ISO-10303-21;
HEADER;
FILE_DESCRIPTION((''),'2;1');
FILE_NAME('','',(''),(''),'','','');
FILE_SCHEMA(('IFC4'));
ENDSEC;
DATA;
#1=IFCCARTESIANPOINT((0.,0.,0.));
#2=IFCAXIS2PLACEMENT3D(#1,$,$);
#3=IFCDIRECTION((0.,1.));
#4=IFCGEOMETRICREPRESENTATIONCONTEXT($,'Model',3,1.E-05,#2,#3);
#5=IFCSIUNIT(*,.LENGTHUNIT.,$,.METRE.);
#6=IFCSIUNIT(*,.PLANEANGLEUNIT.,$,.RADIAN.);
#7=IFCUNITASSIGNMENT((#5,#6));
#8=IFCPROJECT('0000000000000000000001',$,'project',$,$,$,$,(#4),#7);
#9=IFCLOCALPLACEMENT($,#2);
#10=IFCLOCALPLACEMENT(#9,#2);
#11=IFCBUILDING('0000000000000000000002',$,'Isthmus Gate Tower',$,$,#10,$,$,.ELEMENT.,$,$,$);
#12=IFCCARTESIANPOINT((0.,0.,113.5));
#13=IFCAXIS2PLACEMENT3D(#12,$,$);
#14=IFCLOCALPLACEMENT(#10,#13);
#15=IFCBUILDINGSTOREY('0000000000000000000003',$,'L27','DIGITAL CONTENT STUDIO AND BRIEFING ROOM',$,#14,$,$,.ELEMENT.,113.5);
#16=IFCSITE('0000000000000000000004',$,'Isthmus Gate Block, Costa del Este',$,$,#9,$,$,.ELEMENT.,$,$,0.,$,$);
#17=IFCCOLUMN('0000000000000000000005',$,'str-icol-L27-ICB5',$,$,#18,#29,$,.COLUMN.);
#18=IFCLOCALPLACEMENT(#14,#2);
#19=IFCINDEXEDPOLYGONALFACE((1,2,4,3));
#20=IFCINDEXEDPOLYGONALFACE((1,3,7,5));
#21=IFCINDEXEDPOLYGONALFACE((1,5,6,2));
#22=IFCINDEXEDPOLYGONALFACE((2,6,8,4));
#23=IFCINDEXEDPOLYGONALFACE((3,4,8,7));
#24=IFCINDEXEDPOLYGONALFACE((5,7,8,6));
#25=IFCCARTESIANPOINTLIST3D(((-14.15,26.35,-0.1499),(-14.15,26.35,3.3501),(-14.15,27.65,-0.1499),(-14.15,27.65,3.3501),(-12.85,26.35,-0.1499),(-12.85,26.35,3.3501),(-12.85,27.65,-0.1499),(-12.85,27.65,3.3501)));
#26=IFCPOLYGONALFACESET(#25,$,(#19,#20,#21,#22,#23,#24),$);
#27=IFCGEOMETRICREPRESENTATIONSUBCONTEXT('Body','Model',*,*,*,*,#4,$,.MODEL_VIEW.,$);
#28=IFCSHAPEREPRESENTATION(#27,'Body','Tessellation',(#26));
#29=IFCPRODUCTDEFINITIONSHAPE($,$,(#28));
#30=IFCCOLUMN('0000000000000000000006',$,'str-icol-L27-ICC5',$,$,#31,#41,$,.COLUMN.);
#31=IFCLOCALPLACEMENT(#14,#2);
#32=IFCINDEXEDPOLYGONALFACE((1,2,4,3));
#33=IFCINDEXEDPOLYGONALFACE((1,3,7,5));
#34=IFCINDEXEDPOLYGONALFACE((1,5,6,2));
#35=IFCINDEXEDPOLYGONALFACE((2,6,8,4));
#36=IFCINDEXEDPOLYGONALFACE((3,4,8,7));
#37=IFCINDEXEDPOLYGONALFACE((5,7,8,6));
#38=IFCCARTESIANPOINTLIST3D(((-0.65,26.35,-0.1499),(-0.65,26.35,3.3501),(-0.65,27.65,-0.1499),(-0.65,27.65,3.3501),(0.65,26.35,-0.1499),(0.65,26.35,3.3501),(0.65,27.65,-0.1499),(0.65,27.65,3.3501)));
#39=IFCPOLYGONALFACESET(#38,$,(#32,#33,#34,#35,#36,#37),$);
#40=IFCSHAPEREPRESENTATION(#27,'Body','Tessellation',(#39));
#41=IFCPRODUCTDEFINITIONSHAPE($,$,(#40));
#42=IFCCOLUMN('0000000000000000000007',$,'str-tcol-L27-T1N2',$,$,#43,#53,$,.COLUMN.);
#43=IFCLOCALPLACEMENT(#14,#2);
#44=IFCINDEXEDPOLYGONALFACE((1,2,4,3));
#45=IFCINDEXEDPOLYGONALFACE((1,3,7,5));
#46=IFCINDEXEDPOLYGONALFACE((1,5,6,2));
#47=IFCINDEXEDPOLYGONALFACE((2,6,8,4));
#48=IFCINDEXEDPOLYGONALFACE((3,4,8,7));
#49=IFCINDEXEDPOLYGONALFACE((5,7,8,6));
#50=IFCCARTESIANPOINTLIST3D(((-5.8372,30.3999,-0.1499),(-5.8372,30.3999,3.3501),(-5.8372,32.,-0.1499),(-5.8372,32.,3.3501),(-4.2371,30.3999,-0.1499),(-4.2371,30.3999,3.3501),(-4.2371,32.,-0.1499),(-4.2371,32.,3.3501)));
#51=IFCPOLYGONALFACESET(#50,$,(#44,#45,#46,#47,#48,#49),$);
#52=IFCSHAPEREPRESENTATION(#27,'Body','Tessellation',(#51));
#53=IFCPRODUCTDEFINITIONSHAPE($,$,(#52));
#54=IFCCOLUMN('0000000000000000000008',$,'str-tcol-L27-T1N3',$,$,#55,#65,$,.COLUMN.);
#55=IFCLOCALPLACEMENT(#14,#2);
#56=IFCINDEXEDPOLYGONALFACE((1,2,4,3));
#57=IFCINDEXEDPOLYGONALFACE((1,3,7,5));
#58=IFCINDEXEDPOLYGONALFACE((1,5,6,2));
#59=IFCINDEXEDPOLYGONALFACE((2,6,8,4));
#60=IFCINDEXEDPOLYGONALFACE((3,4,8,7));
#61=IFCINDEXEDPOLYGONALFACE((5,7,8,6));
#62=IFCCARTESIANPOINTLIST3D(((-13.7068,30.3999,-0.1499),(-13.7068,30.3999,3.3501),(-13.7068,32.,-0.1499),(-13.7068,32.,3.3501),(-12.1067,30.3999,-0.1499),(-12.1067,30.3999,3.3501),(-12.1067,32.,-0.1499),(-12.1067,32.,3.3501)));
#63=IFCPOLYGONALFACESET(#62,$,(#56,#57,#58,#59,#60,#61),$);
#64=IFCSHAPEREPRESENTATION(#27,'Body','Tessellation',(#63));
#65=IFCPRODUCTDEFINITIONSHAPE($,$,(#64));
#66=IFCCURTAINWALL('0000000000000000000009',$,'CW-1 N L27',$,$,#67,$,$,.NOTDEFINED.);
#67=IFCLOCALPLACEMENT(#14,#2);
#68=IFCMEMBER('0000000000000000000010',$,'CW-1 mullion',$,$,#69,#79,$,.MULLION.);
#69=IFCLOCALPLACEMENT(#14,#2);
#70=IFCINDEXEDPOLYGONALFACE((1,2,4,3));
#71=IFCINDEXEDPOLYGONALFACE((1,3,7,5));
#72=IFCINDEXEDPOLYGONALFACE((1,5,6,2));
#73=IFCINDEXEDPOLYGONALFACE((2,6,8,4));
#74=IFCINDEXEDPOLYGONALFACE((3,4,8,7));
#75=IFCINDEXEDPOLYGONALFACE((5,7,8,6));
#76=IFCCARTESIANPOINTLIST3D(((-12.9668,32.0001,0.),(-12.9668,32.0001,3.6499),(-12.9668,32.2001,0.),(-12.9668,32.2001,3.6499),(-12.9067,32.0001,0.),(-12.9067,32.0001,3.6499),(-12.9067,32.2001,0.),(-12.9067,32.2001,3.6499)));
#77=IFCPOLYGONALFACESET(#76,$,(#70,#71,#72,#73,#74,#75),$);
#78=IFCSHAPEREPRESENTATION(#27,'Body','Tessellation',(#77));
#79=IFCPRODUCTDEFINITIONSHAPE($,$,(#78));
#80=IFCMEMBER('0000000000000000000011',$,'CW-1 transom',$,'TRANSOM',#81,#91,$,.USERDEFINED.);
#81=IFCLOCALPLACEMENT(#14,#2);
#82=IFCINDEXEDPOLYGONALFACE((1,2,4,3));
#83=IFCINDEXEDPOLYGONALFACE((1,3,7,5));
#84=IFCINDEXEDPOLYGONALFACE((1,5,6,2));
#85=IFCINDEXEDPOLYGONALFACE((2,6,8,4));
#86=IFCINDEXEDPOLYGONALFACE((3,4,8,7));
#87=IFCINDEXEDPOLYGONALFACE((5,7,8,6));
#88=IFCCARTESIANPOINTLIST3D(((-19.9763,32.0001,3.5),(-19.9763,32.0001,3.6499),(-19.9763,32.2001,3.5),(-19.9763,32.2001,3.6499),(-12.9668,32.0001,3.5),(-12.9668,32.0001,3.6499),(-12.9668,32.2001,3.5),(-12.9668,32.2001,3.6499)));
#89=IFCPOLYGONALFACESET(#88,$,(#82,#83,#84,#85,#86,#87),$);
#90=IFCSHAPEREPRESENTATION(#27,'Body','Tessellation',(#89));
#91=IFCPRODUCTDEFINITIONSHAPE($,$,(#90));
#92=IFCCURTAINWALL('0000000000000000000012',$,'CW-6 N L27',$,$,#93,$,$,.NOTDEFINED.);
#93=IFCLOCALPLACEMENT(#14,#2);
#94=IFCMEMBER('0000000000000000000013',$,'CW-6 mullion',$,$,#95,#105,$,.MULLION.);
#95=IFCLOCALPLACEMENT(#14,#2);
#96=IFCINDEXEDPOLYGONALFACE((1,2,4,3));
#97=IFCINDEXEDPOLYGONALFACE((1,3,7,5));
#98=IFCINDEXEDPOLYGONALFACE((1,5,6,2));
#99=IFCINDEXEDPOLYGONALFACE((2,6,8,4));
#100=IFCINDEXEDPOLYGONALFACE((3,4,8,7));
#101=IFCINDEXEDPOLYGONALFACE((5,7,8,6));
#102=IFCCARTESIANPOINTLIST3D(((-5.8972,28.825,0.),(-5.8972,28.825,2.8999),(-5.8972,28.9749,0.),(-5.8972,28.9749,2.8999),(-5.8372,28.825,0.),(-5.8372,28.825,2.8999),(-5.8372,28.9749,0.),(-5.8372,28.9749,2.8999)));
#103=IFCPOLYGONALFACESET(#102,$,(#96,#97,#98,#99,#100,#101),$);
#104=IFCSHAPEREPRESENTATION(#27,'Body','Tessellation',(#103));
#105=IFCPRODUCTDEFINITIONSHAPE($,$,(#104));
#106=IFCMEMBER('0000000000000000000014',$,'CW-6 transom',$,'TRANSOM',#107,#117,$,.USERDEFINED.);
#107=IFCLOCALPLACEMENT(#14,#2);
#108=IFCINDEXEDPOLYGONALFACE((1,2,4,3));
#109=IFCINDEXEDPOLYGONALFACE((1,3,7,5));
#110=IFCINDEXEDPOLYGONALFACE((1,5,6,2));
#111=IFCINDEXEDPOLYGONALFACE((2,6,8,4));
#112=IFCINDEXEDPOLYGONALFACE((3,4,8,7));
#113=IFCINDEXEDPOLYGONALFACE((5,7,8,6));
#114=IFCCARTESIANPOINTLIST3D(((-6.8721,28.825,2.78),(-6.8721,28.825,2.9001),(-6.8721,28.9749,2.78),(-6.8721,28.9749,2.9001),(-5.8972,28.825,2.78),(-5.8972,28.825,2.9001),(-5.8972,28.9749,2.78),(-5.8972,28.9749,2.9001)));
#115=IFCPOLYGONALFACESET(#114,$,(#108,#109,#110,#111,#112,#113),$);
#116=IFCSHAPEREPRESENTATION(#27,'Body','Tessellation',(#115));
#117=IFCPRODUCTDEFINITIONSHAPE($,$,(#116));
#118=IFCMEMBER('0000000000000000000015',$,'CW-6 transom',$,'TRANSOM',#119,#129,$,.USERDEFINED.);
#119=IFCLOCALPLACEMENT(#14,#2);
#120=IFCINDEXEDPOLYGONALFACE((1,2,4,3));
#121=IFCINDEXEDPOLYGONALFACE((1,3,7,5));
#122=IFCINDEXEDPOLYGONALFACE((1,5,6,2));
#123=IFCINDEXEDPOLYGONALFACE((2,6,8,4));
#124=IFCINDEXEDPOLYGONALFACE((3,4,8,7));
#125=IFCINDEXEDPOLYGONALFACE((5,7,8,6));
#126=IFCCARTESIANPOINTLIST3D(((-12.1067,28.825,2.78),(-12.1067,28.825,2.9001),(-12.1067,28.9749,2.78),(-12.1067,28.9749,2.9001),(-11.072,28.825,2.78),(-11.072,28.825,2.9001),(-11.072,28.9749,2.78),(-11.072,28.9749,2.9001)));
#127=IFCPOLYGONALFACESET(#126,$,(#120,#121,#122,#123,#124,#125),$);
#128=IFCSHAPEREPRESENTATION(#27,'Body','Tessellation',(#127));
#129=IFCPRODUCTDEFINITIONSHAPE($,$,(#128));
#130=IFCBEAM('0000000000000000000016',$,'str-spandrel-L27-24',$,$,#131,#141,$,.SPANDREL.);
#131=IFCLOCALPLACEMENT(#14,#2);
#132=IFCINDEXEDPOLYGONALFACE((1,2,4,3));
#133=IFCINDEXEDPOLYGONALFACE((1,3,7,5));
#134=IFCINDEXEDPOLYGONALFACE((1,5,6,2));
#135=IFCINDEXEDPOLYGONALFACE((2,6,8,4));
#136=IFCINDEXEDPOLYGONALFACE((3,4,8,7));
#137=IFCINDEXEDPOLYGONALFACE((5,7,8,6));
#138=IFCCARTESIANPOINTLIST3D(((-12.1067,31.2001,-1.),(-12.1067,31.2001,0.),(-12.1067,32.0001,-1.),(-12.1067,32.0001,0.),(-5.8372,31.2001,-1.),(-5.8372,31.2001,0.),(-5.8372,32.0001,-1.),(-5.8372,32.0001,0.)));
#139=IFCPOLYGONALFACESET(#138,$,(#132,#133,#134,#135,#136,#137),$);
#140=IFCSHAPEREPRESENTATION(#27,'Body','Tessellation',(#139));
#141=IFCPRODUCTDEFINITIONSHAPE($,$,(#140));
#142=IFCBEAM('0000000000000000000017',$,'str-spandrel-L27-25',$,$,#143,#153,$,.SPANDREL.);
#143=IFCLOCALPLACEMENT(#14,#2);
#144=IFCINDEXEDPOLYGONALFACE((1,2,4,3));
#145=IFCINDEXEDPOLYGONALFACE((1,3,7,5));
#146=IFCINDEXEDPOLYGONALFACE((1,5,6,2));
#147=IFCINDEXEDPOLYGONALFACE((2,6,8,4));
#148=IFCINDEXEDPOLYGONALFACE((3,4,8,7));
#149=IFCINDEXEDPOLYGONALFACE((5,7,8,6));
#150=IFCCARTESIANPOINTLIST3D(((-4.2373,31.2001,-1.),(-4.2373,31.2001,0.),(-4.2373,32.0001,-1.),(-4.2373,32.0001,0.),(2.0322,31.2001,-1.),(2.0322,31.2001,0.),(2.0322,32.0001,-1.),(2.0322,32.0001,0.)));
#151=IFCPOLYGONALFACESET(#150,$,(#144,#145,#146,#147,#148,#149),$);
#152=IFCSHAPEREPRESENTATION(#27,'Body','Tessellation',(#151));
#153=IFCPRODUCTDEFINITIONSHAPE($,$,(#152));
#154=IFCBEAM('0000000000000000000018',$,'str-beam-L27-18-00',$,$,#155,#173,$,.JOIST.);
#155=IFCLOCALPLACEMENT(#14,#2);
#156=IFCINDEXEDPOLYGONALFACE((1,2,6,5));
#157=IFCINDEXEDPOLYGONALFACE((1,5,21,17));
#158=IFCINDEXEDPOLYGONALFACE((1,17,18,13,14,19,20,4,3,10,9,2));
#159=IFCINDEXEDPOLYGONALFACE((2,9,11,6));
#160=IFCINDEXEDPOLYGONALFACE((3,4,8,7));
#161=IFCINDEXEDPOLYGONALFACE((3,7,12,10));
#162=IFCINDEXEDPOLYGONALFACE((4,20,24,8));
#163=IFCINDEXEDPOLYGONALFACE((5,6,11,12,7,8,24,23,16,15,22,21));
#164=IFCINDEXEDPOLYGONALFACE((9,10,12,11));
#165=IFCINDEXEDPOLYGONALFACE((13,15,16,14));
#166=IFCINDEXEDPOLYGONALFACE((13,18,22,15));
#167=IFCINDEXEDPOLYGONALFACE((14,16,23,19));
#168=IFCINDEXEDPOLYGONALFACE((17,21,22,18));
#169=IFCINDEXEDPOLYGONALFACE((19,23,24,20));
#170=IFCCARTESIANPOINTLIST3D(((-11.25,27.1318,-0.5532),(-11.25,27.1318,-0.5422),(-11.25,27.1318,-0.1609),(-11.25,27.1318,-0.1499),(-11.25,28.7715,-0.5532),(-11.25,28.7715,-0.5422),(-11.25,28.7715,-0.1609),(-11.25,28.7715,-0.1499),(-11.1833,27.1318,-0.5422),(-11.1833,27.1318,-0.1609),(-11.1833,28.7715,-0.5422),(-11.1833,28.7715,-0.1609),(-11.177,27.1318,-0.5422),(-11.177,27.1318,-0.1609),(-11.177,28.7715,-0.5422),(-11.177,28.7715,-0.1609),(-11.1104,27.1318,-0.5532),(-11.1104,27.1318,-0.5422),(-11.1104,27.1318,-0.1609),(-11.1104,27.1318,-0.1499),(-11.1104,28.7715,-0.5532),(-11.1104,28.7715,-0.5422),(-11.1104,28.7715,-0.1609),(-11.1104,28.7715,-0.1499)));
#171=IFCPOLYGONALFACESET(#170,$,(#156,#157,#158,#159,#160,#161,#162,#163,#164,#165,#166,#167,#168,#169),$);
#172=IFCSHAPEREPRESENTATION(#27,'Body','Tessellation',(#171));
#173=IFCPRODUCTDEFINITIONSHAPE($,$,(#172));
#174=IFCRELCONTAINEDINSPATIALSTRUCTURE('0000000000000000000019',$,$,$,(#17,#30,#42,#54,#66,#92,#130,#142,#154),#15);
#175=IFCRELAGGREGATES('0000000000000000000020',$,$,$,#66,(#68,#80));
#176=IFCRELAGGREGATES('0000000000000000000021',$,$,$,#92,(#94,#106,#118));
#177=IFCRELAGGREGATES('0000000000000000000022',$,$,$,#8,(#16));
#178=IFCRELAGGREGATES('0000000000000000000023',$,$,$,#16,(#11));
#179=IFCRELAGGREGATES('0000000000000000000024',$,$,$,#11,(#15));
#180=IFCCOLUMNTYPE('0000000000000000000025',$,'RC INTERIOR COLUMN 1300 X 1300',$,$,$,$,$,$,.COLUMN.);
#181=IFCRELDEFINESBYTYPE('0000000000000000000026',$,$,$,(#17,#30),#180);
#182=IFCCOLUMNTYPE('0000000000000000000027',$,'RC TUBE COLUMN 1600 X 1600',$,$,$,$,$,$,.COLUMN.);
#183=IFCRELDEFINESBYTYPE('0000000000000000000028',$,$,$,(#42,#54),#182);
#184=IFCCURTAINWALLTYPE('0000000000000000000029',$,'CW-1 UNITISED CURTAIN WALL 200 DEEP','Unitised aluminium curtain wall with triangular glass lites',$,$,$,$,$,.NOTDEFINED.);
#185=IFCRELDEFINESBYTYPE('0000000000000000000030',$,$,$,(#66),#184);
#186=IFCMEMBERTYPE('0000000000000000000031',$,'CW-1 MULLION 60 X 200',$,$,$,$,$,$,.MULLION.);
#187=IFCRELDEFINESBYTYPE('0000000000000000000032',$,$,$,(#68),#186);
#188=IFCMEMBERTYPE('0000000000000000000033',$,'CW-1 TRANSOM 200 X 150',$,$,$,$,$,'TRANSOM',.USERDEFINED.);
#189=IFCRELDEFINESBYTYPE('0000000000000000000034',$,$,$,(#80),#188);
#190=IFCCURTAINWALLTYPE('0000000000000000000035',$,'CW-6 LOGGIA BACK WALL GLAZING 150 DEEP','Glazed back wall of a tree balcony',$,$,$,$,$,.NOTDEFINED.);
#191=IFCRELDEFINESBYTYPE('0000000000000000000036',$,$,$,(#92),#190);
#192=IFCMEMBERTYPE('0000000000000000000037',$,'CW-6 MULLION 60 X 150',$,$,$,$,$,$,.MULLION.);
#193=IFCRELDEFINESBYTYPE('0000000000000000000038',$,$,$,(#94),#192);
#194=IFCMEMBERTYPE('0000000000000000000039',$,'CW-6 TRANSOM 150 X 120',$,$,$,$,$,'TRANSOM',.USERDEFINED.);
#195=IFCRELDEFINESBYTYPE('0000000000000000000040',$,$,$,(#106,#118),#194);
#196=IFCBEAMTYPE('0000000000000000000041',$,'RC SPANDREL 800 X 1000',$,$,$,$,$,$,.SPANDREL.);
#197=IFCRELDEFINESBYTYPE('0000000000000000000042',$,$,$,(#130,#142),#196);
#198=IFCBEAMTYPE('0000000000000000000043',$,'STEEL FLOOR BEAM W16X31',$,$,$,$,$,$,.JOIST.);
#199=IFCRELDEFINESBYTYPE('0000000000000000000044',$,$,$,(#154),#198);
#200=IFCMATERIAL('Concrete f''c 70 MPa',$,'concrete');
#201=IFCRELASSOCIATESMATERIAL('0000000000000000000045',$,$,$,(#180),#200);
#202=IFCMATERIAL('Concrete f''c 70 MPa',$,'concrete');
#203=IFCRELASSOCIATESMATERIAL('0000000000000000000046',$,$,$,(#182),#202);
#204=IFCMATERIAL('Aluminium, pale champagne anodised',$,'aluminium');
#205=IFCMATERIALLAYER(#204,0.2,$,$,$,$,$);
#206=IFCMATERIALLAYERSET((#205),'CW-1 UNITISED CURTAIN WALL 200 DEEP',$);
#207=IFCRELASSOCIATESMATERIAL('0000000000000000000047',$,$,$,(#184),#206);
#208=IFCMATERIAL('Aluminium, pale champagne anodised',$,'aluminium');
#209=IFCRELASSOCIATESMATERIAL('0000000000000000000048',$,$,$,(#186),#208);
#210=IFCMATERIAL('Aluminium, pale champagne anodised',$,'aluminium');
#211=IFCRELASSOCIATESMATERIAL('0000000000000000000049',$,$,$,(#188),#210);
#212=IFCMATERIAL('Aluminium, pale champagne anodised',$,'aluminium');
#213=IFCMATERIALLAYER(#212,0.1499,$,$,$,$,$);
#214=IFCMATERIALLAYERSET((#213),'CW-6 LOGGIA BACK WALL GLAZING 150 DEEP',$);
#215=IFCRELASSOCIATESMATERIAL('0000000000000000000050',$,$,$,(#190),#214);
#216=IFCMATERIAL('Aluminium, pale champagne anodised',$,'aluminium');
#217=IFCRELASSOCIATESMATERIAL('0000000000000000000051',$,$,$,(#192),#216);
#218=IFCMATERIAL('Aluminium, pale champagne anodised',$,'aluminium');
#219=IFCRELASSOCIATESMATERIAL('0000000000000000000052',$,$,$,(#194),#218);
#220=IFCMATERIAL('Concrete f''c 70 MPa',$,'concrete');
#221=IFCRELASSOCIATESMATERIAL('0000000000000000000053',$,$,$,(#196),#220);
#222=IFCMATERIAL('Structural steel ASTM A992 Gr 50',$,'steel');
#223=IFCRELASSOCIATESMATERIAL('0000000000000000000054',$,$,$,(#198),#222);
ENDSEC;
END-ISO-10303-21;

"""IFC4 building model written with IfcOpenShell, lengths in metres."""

from ifc_helpers import new_model, si_unit, direction, frame, origin, origin_2d, place, context, subcontext, project, spatial, rectangle, i_section, extrude, material, layer, layer_set, material_profile, profile_set, type_object, element, aggregate, save


model = new_model("IFC4")

# Units and contexts
model_context = context("Model", 3, precision=1e-05, world=origin(), true_north=direction((0.0, 1.0)))
body_context = subcontext(model_context, "Body", "Model", "MODEL_VIEW")
ifc_project = project(units=[si_unit("LENGTHUNIT", "METRE"), si_unit("PLANEANGLEUNIT", "RADIAN")], contexts=[model_context])

# Site, building, storey
site_placement = place(None, origin())
site = spatial("IfcSite", under=ifc_project, at=site_placement, Name="Isthmus Gate Block, Costa del Este", CompositionType="ELEMENT", RefElevation=0.0)
building_placement = place(site_placement, origin())
building = spatial("IfcBuilding", under=site, at=building_placement, Name="Isthmus Gate Tower", CompositionType="ELEMENT")
storey_placement = place(building_placement, frame((0.0, 0.0, 113.5)))
storey = spatial("IfcBuildingStorey", under=building, at=storey_placement, Name="L27", Description="DIGITAL CONTENT STUDIO AND BRIEFING ROOM", CompositionType="ELEMENT", Elevation=113.5)

# Columns
ifc_material_1 = material(Name="Concrete f'c 70 MPa", Category="concrete")
ifc_material_profile_1 = material_profile(ifc_material_1, rectangle(XDim=1.3, YDim=1.3, at=origin_2d()), Name="RC 1300X1300")
ifc_profile_set_1 = profile_set([ifc_material_profile_1], Name="Concrete f'c 70 MPa")
column_type_1 = type_object("IfcColumnType", Name="RC INTERIOR COLUMN 1300 X 1300", PredefinedType="COLUMN", material=ifc_profile_set_1)
for number, where, z_axis, x_axis, name in (
    (1, (-13.5, 27.0, -0.1499), (0.0, 0.0, 1.0), (1.0, 0.0, 0.0), "str-icol-L27-ICB5"),
    (2, (0.0, 27.0, -0.1499), (0.0, 0.0, 1.0), (1.0, 0.0, 0.0), "str-icol-L27-ICC5"),
):
    element("IfcColumn", number, at=place(storey_placement, frame(where, z_axis=z_axis, x_axis=x_axis)), inside=storey, type_object=column_type_1, Name=name, PredefinedType="COLUMN", context=body_context, shape_type="SweptSolid", body=[
        extrude(rectangle(XDim=1.3, YDim=1.3, at=origin_2d()), origin(), (0.0, 0.0, 1.0), 3.5),
    ])
ifc_material_2 = material(Name="Concrete f'c 70 MPa", Category="concrete")
ifc_material_profile_2 = material_profile(ifc_material_2, rectangle(XDim=1.6001, YDim=1.6001, at=origin_2d()), Name="RC 1600X1600")
ifc_profile_set_2 = profile_set([ifc_material_profile_2], Name="Concrete f'c 70 MPa")
column_type_2 = type_object("IfcColumnType", Name="RC TUBE COLUMN 1600 X 1600", PredefinedType="COLUMN", material=ifc_profile_set_2)
for number, where, z_axis, x_axis, name in (
    (3, (-5.0371, 31.2, -0.1499), (0.0, 0.0, 1.0), (-1.0, 0.0, 0.0), "str-tcol-L27-T1N2"),
    (4, (-12.9067, 31.2, -0.1499), (0.0, 0.0, 1.0), (-1.0, 0.0, 0.0), "str-tcol-L27-T1N3"),
):
    element("IfcColumn", number, at=place(storey_placement, frame(where, z_axis=z_axis, x_axis=x_axis)), inside=storey, type_object=column_type_2, Name=name, PredefinedType="COLUMN", context=body_context, shape_type="SweptSolid", body=[
        extrude(rectangle(XDim=1.6001, YDim=1.6001, at=origin_2d()), origin(), (0.0, 0.0, 1.0), 3.5),
    ])

# Curtain walls, members
ifc_material_3 = material(Name="Aluminium, pale champagne anodised", Category="aluminium")
ifc_layer_1 = layer(ifc_material_3, 0.2)
ifc_layer_set_1 = layer_set([ifc_layer_1], Name="CW-1 UNITISED CURTAIN WALL 200 DEEP")
curtain_wall_type_1 = type_object("IfcCurtainWallType", Name="CW-1 UNITISED CURTAIN WALL 200 DEEP", Description="Unitised aluminium curtain wall with triangular glass lites", PredefinedType="NOTDEFINED", material=ifc_layer_set_1)
curtain_wall_1_placement = place(storey_placement, origin())
curtain_wall_1 = element("IfcCurtainWall", 5, at=curtain_wall_1_placement, inside=storey, type_object=curtain_wall_type_1, Name="CW-1 N L27", PredefinedType="NOTDEFINED")
ifc_material_4 = material(Name="Aluminium, pale champagne anodised", Category="aluminium")
ifc_material_profile_3 = material_profile(ifc_material_4, rectangle(XDim=0.0601, YDim=0.2, at=origin_2d()), Name="60x200")
ifc_profile_set_3 = profile_set([ifc_material_profile_3], Name="Aluminium, pale champagne anodised")
member_type_1 = type_object("IfcMemberType", Name="CW-1 MULLION 60 X 200", PredefinedType="MULLION", material=ifc_profile_set_3)
member_1_placement = place(storey_placement, frame((-12.9368, 32.1001, 0.0), z_axis=(0.0, 0.0, 1.0), x_axis=(-1.0, 0.0, 0.0)))
member_1 = element("IfcMember", 6, at=member_1_placement, type_object=member_type_1, Name="CW-1 mullion", PredefinedType="MULLION", context=body_context, shape_type="SweptSolid", body=[
    extrude(rectangle(XDim=0.0601, YDim=0.2, at=origin_2d()), origin(), (0.0, 0.0, 1.0), 3.6499),
])
ifc_material_5 = material(Name="Aluminium, pale champagne anodised", Category="aluminium")
ifc_material_profile_4 = material_profile(ifc_material_5, rectangle(XDim=0.2, YDim=0.1499, at=origin_2d()), Name="200x150")
ifc_profile_set_4 = profile_set([ifc_material_profile_4], Name="Aluminium, pale champagne anodised")
member_type_2 = type_object("IfcMemberType", Name="CW-1 TRANSOM 200 X 150", ElementType="TRANSOM", PredefinedType="USERDEFINED", material=ifc_profile_set_4)
member_2_placement = place(storey_placement, frame((-12.9668, 32.1001, 3.575), z_axis=(-1.0, 0.0, 0.0), x_axis=(0.0, -1.0, 0.0)))
member_2 = element("IfcMember", 7, at=member_2_placement, type_object=member_type_2, Name="CW-1 transom", ObjectType="TRANSOM", PredefinedType="USERDEFINED", context=body_context, shape_type="SweptSolid", body=[
    extrude(rectangle(XDim=0.2, YDim=0.1499, at=origin_2d()), origin(), (0.0, 0.0, 1.0), 7.0095),
])
ifc_material_6 = material(Name="Aluminium, pale champagne anodised", Category="aluminium")
ifc_layer_2 = layer(ifc_material_6, 0.1499)
ifc_layer_set_2 = layer_set([ifc_layer_2], Name="CW-6 LOGGIA BACK WALL GLAZING 150 DEEP")
curtain_wall_type_2 = type_object("IfcCurtainWallType", Name="CW-6 LOGGIA BACK WALL GLAZING 150 DEEP", Description="Glazed back wall of a tree balcony", PredefinedType="NOTDEFINED", material=ifc_layer_set_2)
curtain_wall_2_placement = place(storey_placement, origin())
curtain_wall_2 = element("IfcCurtainWall", 8, at=curtain_wall_2_placement, inside=storey, type_object=curtain_wall_type_2, Name="CW-6 N L27", PredefinedType="NOTDEFINED")
ifc_material_7 = material(Name="Aluminium, pale champagne anodised", Category="aluminium")
ifc_material_profile_5 = material_profile(ifc_material_7, rectangle(XDim=0.0601, YDim=0.1499, at=origin_2d()), Name="60x150")
ifc_profile_set_5 = profile_set([ifc_material_profile_5], Name="Aluminium, pale champagne anodised")
member_type_3 = type_object("IfcMemberType", Name="CW-6 MULLION 60 X 150", PredefinedType="MULLION", material=ifc_profile_set_5)
member_3_placement = place(storey_placement, frame((-5.8672, 28.8999, 0.0), z_axis=(0.0, 0.0, 1.0), x_axis=(-1.0, 0.0, 0.0)))
member_3 = element("IfcMember", 9, at=member_3_placement, type_object=member_type_3, Name="CW-6 mullion", PredefinedType="MULLION", context=body_context, shape_type="SweptSolid", body=[
    extrude(rectangle(XDim=0.0601, YDim=0.1499, at=origin_2d()), origin(), (0.0, 0.0, 1.0), 2.8999),
])
ifc_material_8 = material(Name="Aluminium, pale champagne anodised", Category="aluminium")
ifc_material_profile_6 = material_profile(ifc_material_8, rectangle(XDim=0.1499, YDim=0.1201, at=origin_2d()), Name="150x120")
ifc_profile_set_6 = profile_set([ifc_material_profile_6], Name="Aluminium, pale champagne anodised")
member_type_4 = type_object("IfcMemberType", Name="CW-6 TRANSOM 150 X 120", ElementType="TRANSOM", PredefinedType="USERDEFINED", material=ifc_profile_set_6)
member_4_placement = place(storey_placement, frame((-5.8972, 28.8999, 2.8401), z_axis=(-1.0, 0.0, 0.0), x_axis=(0.0, -1.0, 0.0)))
member_4 = element("IfcMember", 10, at=member_4_placement, type_object=member_type_4, Name="CW-6 transom", ObjectType="TRANSOM", PredefinedType="USERDEFINED", context=body_context, shape_type="SweptSolid", body=[
    extrude(rectangle(XDim=0.1499, YDim=0.1201, at=origin_2d()), origin(), (0.0, 0.0, 1.0), 0.9749),
])
member_5_placement = place(storey_placement, frame((-11.072, 28.8999, 2.8401), z_axis=(-1.0, 0.0, 0.0), x_axis=(0.0, -1.0, 0.0)))
member_5 = element("IfcMember", 11, at=member_5_placement, type_object=member_type_4, Name="CW-6 transom", ObjectType="TRANSOM", PredefinedType="USERDEFINED", context=body_context, shape_type="SweptSolid", body=[
    extrude(rectangle(XDim=0.1499, YDim=0.1201, at=origin_2d()), origin(), (0.0, 0.0, 1.0), 1.0347),
])

# Beams
ifc_material_9 = material(Name="Concrete f'c 70 MPa", Category="concrete")
ifc_material_profile_7 = material_profile(ifc_material_9, rectangle(XDim=0.8, YDim=1.0, at=origin_2d()), Name="RC 800X1000")
ifc_profile_set_7 = profile_set([ifc_material_profile_7], Name="Concrete f'c 70 MPa")
beam_type_1 = type_object("IfcBeamType", Name="RC SPANDREL 800 X 1000", PredefinedType="SPANDREL", material=ifc_profile_set_7)
for number, where, z_axis, x_axis, name in (
    (12, (-12.1067, 31.6001, -0.5), (1.0, 0.0, 0.0), (0.0, 1.0, 0.0), "str-spandrel-L27-24"),
    (13, (-4.2373, 31.6001, -0.5), (1.0, 0.0, 0.0), (0.0, 1.0, 0.0), "str-spandrel-L27-25"),
):
    element("IfcBeam", number, at=place(storey_placement, frame(where, z_axis=z_axis, x_axis=x_axis)), inside=storey, type_object=beam_type_1, Name=name, PredefinedType="SPANDREL", context=body_context, shape_type="SweptSolid", body=[
        extrude(rectangle(XDim=0.8, YDim=1.0, at=origin_2d()), origin(), (0.0, 0.0, 1.0), 6.2695),
    ])
ifc_material_10 = material(Name="Structural steel ASTM A992 Gr 50", Category="steel")
ifc_material_profile_8 = material_profile(ifc_material_10, i_section(OverallWidth=0.1396, OverallDepth=0.4033, WebThickness=0.0063, FlangeThickness=0.011, at=origin_2d()), Name="W16X31")
ifc_profile_set_8 = profile_set([ifc_material_profile_8], Name="Structural steel ASTM A992 Gr 50")
beam_type_2 = type_object("IfcBeamType", Name="STEEL FLOOR BEAM W16X31", PredefinedType="JOIST", material=ifc_profile_set_8)
for number, where, z_axis, x_axis, name in (
    (14, (-11.1802, 27.1318, -0.3516), (0.0, 1.0, 0.0), (-1.0, 0.0, 0.0), "str-beam-L27-18-00"),
):
    element("IfcBeam", number, at=place(storey_placement, frame(where, z_axis=z_axis, x_axis=x_axis)), inside=storey, type_object=beam_type_2, Name=name, PredefinedType="JOIST", context=body_context, shape_type="SweptSolid", body=[
        extrude(i_section(OverallWidth=0.1396, OverallDepth=0.4033, WebThickness=0.0063, FlangeThickness=0.011, at=origin_2d()), origin(), (0.0, 0.0, 1.0), 1.6396),
    ])

aggregate(curtain_wall_1, [member_1, member_2])
aggregate(curtain_wall_2, [member_3, member_4, member_5])

save(model, "model.ifc")
